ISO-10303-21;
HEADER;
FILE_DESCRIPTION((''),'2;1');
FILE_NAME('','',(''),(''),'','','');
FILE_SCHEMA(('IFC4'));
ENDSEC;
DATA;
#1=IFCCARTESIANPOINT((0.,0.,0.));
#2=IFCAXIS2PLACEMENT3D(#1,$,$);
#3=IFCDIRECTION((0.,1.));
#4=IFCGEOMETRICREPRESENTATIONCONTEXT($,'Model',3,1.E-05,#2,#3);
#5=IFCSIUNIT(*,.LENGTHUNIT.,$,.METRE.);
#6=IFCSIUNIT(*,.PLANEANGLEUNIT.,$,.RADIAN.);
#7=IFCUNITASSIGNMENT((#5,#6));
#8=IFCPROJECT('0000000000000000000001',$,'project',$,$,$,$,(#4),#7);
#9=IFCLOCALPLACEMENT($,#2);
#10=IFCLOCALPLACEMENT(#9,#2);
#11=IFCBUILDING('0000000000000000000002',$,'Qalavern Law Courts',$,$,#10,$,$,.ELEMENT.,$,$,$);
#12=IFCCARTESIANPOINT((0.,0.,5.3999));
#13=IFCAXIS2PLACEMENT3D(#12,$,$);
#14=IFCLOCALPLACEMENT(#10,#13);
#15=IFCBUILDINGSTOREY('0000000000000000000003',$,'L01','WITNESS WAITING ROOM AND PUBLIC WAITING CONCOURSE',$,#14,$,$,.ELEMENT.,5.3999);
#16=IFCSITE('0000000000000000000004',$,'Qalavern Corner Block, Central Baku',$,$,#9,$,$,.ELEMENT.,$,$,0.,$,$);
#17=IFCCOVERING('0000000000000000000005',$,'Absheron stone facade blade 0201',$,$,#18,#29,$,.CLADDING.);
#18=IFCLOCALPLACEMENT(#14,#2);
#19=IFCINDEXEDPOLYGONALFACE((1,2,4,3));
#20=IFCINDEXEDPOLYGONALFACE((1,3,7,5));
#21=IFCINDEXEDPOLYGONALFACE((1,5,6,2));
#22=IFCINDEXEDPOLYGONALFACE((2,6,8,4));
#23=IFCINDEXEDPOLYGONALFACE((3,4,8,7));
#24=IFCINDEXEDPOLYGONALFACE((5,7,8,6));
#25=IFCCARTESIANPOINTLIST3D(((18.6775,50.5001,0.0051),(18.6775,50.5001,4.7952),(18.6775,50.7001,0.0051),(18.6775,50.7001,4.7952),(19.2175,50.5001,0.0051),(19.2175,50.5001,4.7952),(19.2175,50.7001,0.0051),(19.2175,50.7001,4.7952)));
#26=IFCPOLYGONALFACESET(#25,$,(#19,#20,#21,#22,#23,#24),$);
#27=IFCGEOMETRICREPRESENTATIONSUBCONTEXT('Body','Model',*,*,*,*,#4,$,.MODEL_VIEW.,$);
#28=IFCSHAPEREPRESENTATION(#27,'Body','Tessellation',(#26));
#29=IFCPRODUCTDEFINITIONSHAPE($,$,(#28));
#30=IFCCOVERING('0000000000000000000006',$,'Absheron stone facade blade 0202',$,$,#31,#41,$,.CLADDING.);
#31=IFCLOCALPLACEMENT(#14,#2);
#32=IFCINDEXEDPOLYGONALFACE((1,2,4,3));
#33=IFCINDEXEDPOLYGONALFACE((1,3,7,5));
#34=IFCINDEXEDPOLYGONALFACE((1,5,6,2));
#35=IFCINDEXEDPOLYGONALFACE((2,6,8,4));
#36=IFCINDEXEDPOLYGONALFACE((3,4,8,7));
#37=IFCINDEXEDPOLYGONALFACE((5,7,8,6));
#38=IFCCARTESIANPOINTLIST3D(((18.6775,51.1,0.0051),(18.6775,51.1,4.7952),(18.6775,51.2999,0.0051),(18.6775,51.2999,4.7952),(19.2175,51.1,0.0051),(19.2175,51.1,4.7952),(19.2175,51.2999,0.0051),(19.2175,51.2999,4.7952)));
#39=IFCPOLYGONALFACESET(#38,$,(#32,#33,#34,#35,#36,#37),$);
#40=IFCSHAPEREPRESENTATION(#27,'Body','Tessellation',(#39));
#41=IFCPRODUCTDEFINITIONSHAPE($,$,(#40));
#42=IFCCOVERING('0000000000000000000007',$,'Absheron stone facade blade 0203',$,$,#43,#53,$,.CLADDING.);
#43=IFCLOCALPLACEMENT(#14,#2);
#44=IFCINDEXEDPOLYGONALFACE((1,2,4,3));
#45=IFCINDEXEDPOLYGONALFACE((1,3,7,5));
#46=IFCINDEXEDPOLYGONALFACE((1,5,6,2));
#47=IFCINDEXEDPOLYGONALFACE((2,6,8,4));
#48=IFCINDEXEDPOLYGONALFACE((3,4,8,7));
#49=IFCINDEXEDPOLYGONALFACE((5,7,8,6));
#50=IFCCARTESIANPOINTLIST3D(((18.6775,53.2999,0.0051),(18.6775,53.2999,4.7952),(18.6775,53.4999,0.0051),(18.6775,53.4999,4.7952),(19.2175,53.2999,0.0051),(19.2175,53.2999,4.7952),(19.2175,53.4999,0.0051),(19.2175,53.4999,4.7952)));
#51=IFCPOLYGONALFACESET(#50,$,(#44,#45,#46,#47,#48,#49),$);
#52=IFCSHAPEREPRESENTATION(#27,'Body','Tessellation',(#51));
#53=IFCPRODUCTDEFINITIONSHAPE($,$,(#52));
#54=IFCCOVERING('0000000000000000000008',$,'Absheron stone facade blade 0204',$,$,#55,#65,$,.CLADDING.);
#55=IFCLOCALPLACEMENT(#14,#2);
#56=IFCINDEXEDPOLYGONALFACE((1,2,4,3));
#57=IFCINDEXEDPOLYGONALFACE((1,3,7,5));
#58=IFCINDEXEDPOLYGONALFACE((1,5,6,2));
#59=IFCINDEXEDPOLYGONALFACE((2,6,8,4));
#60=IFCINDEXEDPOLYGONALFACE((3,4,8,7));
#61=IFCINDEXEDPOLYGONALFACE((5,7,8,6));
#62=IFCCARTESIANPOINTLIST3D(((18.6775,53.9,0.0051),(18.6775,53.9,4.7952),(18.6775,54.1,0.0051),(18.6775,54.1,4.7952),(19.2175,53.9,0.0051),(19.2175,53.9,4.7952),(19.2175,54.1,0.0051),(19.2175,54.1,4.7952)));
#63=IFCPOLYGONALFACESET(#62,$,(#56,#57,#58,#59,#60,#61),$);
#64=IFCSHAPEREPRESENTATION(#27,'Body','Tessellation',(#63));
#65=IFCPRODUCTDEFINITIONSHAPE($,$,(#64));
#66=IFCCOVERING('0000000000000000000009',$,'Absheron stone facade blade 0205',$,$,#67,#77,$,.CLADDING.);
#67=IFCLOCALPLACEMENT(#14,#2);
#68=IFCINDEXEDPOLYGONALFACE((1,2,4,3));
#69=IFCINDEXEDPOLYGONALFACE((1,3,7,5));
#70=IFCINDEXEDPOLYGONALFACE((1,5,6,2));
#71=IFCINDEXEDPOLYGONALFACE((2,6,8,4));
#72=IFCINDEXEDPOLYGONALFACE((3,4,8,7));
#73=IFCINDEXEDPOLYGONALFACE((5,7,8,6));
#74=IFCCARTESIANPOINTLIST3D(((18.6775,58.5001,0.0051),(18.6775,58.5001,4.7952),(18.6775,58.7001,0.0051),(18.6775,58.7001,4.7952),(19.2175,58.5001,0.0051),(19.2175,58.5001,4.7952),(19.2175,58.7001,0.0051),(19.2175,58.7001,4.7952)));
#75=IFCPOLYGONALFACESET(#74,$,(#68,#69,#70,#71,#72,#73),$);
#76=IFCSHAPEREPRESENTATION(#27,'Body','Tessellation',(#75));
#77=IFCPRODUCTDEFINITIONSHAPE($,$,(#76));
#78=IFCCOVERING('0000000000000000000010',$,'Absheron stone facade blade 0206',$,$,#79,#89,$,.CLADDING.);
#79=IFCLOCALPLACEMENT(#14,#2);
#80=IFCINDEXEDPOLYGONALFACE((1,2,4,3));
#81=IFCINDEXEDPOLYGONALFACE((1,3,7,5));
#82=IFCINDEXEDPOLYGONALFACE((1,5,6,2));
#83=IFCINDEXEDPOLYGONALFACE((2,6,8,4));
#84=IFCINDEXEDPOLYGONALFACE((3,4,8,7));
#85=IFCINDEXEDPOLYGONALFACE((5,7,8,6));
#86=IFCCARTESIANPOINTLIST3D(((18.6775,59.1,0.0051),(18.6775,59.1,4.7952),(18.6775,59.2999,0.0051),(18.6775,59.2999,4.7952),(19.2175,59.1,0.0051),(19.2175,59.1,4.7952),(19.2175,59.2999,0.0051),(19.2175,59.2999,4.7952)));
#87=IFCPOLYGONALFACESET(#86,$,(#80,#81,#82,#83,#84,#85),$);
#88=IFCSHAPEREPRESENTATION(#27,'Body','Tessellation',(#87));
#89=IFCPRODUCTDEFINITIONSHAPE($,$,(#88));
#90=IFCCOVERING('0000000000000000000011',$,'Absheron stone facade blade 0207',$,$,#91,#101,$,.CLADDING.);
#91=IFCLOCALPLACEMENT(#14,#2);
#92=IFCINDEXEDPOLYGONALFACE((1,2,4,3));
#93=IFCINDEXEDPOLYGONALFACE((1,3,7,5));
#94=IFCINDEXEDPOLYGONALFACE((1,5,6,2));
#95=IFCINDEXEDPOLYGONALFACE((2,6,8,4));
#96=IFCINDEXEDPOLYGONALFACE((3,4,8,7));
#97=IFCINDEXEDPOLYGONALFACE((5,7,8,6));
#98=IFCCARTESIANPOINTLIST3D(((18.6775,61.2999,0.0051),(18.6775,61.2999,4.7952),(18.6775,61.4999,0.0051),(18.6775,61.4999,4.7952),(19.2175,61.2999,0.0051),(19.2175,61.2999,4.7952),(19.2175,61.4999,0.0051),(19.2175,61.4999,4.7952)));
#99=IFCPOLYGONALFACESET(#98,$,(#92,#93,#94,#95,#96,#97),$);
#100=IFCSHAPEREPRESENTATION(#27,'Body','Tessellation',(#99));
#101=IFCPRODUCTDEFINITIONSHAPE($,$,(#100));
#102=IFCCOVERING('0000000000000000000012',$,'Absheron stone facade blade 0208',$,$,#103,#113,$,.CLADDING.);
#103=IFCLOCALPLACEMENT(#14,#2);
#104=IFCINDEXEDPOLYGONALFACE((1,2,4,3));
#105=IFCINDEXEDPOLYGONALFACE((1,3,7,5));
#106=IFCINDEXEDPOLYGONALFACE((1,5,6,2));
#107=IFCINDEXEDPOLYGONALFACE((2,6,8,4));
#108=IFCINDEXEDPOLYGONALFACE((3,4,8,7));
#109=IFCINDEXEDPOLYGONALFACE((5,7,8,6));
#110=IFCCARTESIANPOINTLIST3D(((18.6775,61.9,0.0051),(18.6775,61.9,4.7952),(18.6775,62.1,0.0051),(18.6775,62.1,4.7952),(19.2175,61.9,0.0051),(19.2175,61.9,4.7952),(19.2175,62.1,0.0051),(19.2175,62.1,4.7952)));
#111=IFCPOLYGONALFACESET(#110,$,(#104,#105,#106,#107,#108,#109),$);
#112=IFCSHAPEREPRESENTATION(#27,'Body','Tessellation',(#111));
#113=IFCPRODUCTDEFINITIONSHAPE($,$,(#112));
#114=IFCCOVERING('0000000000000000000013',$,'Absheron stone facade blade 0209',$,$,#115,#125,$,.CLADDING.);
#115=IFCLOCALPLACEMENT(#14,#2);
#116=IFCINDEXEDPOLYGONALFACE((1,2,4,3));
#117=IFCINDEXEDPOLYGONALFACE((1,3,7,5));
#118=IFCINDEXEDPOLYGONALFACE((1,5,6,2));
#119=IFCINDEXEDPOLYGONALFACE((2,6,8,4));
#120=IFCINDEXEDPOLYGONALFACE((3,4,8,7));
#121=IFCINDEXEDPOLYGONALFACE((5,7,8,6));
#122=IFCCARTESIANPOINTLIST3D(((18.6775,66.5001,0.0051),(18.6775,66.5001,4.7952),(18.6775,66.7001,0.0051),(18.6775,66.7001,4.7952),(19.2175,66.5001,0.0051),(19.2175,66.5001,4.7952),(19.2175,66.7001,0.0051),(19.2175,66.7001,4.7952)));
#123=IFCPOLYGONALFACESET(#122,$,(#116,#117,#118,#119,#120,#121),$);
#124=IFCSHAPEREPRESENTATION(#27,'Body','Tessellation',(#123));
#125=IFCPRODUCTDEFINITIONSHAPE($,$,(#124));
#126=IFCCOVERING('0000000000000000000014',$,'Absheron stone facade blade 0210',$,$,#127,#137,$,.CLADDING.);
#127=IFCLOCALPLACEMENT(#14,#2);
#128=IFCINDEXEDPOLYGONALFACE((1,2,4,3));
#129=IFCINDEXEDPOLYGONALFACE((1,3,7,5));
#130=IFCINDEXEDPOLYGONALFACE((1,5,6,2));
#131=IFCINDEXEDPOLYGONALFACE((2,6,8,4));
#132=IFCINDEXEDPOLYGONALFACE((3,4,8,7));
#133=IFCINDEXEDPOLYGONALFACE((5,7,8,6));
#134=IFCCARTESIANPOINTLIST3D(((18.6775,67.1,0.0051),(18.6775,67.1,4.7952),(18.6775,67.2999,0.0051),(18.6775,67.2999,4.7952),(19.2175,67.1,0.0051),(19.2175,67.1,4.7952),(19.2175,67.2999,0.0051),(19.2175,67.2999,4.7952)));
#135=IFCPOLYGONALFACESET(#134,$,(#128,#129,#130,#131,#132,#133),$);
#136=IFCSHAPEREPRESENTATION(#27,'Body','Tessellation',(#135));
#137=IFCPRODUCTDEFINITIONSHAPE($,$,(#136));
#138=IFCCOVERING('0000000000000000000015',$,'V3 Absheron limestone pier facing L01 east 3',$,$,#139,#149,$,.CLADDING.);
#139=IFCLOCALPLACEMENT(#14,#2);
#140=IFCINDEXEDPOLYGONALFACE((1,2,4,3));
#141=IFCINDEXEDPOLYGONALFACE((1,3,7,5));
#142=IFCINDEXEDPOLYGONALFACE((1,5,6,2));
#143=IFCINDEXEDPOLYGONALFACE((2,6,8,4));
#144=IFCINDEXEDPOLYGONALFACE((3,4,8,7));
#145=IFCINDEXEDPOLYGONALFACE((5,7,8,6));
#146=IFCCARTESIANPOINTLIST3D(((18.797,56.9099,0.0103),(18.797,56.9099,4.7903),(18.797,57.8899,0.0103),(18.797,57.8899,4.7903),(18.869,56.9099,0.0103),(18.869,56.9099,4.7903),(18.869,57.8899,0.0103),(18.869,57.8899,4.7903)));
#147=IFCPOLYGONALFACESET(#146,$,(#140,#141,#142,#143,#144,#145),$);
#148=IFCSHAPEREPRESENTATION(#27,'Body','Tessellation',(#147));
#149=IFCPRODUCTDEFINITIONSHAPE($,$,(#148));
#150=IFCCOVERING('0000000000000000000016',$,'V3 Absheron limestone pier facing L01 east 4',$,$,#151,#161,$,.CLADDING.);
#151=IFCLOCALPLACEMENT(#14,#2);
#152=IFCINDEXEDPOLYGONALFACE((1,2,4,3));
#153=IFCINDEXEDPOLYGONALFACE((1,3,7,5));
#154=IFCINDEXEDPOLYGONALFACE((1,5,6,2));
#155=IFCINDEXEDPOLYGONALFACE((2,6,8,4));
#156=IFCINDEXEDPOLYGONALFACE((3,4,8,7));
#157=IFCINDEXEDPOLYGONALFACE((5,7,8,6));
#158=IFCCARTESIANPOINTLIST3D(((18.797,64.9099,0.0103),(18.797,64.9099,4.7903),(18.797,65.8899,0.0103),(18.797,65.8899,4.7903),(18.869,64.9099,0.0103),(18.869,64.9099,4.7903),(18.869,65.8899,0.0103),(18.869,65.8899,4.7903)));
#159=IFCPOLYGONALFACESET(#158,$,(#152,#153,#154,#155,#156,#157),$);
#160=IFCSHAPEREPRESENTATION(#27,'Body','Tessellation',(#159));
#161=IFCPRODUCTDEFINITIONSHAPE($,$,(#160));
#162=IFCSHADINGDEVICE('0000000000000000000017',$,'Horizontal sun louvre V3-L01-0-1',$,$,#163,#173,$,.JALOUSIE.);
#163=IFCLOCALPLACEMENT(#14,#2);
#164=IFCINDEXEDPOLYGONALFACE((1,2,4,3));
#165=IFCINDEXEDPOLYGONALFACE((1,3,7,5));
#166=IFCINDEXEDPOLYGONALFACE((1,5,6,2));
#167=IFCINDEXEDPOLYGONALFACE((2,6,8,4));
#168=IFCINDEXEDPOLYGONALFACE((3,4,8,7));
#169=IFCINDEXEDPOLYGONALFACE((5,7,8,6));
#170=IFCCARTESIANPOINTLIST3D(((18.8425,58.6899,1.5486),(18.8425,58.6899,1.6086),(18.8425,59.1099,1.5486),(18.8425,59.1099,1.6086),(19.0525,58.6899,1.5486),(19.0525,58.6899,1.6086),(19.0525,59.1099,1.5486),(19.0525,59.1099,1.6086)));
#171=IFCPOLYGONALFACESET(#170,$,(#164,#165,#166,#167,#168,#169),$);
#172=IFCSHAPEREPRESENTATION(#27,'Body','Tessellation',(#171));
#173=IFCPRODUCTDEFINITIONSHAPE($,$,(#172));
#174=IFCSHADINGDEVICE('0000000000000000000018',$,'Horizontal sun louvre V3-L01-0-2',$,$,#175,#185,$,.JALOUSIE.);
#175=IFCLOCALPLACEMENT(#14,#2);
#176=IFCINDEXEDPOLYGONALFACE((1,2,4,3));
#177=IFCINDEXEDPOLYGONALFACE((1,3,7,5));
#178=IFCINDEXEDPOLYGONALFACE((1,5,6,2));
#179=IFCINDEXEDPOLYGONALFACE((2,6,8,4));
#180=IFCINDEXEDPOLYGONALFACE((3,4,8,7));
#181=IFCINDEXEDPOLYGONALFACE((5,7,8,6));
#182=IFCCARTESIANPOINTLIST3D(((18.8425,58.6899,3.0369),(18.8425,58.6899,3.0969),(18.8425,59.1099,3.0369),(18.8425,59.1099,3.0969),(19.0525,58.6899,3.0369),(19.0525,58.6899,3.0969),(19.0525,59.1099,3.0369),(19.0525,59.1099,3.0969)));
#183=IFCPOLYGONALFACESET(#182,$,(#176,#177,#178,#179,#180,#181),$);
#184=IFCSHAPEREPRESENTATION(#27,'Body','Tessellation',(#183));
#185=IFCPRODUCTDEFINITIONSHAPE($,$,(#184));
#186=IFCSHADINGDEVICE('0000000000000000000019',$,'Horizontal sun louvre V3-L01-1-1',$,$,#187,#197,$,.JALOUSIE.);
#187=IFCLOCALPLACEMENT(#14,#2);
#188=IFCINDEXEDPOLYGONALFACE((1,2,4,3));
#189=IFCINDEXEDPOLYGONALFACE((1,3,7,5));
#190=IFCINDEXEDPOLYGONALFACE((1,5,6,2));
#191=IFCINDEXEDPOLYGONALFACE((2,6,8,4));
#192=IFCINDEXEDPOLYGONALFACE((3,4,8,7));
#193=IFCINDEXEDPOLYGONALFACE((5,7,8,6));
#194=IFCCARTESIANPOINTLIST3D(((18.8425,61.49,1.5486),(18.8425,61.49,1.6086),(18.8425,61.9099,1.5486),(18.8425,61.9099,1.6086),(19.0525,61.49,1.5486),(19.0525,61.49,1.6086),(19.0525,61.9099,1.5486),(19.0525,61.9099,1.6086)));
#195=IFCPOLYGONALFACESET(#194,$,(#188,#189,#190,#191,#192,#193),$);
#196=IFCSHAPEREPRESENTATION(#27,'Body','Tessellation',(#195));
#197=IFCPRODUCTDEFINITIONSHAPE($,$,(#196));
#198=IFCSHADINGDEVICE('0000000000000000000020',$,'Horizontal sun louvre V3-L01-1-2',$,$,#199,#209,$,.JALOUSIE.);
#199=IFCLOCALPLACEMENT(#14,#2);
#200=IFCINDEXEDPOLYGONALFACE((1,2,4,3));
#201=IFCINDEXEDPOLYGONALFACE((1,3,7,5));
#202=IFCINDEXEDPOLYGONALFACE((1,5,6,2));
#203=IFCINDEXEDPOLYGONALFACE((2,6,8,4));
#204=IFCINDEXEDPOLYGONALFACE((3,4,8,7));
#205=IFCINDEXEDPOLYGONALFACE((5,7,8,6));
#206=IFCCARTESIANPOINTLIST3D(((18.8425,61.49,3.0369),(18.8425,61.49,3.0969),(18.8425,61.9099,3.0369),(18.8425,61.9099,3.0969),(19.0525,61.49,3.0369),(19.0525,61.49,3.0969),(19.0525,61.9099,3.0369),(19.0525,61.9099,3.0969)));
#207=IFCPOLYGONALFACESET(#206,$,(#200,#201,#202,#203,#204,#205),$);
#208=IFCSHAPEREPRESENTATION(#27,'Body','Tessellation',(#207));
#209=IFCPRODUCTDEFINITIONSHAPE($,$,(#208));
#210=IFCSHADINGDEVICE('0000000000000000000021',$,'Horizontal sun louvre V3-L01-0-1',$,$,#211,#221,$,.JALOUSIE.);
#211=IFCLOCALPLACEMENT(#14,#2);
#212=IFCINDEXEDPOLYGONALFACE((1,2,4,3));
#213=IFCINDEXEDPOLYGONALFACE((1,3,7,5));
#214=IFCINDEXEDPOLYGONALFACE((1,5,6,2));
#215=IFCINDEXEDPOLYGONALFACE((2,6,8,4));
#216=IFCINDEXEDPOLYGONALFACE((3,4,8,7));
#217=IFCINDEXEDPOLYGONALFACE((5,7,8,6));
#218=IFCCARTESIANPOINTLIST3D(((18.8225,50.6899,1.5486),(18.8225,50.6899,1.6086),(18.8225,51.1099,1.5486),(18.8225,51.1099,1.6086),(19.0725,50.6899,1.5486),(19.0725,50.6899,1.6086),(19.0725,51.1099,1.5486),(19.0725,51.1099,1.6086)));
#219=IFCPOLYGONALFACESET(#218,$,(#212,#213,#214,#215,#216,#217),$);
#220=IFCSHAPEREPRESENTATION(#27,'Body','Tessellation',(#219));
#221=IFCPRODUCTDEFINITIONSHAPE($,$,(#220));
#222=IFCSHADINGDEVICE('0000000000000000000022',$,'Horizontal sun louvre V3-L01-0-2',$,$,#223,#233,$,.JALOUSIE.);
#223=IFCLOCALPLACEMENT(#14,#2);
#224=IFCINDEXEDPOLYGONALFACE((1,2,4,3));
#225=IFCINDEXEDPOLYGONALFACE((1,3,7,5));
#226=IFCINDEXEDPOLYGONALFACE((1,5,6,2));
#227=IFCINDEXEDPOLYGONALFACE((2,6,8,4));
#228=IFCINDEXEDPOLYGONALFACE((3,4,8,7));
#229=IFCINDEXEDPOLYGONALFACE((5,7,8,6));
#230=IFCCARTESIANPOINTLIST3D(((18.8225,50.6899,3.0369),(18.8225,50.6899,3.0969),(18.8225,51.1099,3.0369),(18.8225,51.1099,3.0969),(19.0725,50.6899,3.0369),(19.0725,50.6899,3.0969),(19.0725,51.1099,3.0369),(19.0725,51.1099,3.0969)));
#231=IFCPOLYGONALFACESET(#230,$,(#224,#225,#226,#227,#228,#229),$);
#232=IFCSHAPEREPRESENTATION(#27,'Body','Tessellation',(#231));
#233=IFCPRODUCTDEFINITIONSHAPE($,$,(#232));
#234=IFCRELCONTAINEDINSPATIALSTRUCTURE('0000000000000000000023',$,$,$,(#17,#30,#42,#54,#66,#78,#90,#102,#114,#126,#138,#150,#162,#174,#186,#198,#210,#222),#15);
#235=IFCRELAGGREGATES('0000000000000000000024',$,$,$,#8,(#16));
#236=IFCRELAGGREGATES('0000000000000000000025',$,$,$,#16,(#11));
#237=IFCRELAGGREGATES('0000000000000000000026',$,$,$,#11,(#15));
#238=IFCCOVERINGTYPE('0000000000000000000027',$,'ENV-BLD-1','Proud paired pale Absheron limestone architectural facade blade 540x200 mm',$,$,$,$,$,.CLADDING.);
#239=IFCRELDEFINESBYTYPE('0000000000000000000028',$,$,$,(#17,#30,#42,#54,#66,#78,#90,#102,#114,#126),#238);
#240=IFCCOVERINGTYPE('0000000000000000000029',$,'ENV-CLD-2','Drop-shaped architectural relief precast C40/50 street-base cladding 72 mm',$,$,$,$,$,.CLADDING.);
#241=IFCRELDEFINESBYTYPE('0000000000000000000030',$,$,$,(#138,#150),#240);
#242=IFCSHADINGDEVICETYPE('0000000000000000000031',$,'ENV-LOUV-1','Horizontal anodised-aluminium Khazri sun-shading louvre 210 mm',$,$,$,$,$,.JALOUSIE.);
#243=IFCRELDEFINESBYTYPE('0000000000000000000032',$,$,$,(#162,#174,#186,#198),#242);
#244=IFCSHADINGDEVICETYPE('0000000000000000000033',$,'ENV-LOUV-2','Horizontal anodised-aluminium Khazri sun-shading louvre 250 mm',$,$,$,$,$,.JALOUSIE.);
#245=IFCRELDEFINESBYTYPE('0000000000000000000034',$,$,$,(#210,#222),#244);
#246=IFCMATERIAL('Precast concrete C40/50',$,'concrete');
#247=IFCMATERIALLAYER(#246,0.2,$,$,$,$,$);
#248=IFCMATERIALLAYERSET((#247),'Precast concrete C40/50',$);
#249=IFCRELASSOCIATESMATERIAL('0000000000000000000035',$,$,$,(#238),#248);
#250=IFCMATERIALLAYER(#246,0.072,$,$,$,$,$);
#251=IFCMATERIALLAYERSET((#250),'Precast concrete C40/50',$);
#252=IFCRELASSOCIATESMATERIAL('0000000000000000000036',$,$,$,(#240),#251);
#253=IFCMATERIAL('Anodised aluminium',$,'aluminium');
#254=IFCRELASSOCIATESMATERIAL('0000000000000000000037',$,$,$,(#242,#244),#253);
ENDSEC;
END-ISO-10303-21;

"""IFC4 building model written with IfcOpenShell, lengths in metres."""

from ifc_helpers import new_model, si_unit, direction, frame, origin, origin_2d, place, context, subcontext, project, spatial, rectangle, extrude, material, layer, layer_set, type_object, element, save


model = new_model("IFC4")

# Units and contexts
model_context = context("Model", 3, precision=1e-05, world=origin(), true_north=direction((0.0, 1.0)))
body_context = subcontext(model_context, "Body", "Model", "MODEL_VIEW")
ifc_project = project(units=[si_unit("LENGTHUNIT", "METRE"), si_unit("PLANEANGLEUNIT", "RADIAN")], contexts=[model_context])

# Site, building, storey
site_placement = place(None, origin())
site = spatial("IfcSite", under=ifc_project, at=site_placement, Name="Qalavern Corner Block, Central Baku", CompositionType="ELEMENT", RefElevation=0.0)
building_placement = place(site_placement, origin())
building = spatial("IfcBuilding", under=site, at=building_placement, Name="Qalavern Law Courts", CompositionType="ELEMENT")
storey_placement = place(building_placement, frame((0.0, 0.0, 5.3999)))
storey = spatial("IfcBuildingStorey", under=building, at=storey_placement, Name="L01", Description="WITNESS WAITING ROOM AND PUBLIC WAITING CONCOURSE", CompositionType="ELEMENT", Elevation=5.3999)

# Coverings
ifc_material_1 = material(Name="Precast concrete C40/50", Category="concrete")
ifc_layer_1 = layer(ifc_material_1, 0.2)
ifc_layer_set_1 = layer_set([ifc_layer_1], Name="Precast concrete C40/50")
covering_type_1 = type_object("IfcCoveringType", Name="ENV-BLD-1", Description="Proud paired pale Absheron limestone architectural facade blade 540x200 mm", PredefinedType="CLADDING", material=ifc_layer_set_1)
for number, where, z_axis, x_axis, name in (
    (1, (18.9475, 50.6001, 0.0051), (0.0, 0.0, 1.0), (1.0, 0.0, 0.0), "Absheron stone facade blade 0201"),
    (2, (18.9475, 51.2, 0.0051), (0.0, 0.0, 1.0), (1.0, 0.0, 0.0), "Absheron stone facade blade 0202"),
    (3, (18.9475, 53.3999, 0.0051), (0.0, 0.0, 1.0), (1.0, 0.0, 0.0), "Absheron stone facade blade 0203"),
    (4, (18.9475, 54.0, 0.0051), (0.0, 0.0, 1.0), (1.0, 0.0, 0.0), "Absheron stone facade blade 0204"),
    (5, (18.9475, 58.6001, 0.0051), (0.0, 0.0, 1.0), (1.0, 0.0, 0.0), "Absheron stone facade blade 0205"),
    (6, (18.9475, 59.2, 0.0051), (0.0, 0.0, 1.0), (1.0, 0.0, 0.0), "Absheron stone facade blade 0206"),
    (7, (18.9475, 61.3999, 0.0051), (0.0, 0.0, 1.0), (1.0, 0.0, 0.0), "Absheron stone facade blade 0207"),
    (8, (18.9475, 62.0, 0.0051), (0.0, 0.0, 1.0), (1.0, 0.0, 0.0), "Absheron stone facade blade 0208"),
    (9, (18.9475, 66.6001, 0.0051), (0.0, 0.0, 1.0), (1.0, 0.0, 0.0), "Absheron stone facade blade 0209"),
    (10, (18.9475, 67.2, 0.0051), (0.0, 0.0, 1.0), (1.0, 0.0, 0.0), "Absheron stone facade blade 0210"),
):
    element("IfcCovering", number, at=place(storey_placement, frame(where, z_axis=z_axis, x_axis=x_axis)), inside=storey, type_object=covering_type_1, Name=name, PredefinedType="CLADDING", context=body_context, shape_type="SweptSolid", body=[
        extrude(rectangle(XDim=0.54, YDim=0.2, at=origin_2d()), origin(), (0.0, 0.0, 1.0), 4.79),
    ])
ifc_layer_2 = layer(ifc_material_1, 0.072)
ifc_layer_set_2 = layer_set([ifc_layer_2], Name="Precast concrete C40/50")
covering_type_2 = type_object("IfcCoveringType", Name="ENV-CLD-2", Description="Drop-shaped architectural relief precast C40/50 street-base cladding 72 mm", PredefinedType="CLADDING", material=ifc_layer_set_2)
for number, where, z_axis, x_axis, name in (
    (11, (18.833, 57.3999, 0.0103), (0.0, 0.0, 1.0), (0.0, 1.0, 0.0), "V3 Absheron limestone pier facing L01 east 3"),
    (12, (18.833, 65.3999, 0.0103), (0.0, 0.0, 1.0), (0.0, 1.0, 0.0), "V3 Absheron limestone pier facing L01 east 4"),
):
    element("IfcCovering", number, at=place(storey_placement, frame(where, z_axis=z_axis, x_axis=x_axis)), inside=storey, type_object=covering_type_2, Name=name, PredefinedType="CLADDING", context=body_context, shape_type="SweptSolid", body=[
        extrude(rectangle(XDim=0.98, YDim=0.072, at=origin_2d()), origin(), (0.0, 0.0, 1.0), 4.78),
    ])

# Shading devices
ifc_material_2 = material(Name="Anodised aluminium", Category="aluminium")
shading_device_type_1 = type_object("IfcShadingDeviceType", Name="ENV-LOUV-1", Description="Horizontal anodised-aluminium Khazri sun-shading louvre 210 mm", PredefinedType="JALOUSIE", material=ifc_material_2)
for number, where, z_axis, x_axis, name in (
    (13, (18.9475, 58.8999, 1.5486), (0.0, 0.0, 1.0), (0.0, 1.0, 0.0), "Horizontal sun louvre V3-L01-0-1"),
    (14, (18.9475, 58.8999, 3.0369), (0.0, 0.0, 1.0), (0.0, 1.0, 0.0), "Horizontal sun louvre V3-L01-0-2"),
    (15, (18.9475, 61.7, 1.5486), (0.0, 0.0, 1.0), (0.0, 1.0, 0.0), "Horizontal sun louvre V3-L01-1-1"),
    (16, (18.9475, 61.7, 3.0369), (0.0, 0.0, 1.0), (0.0, 1.0, 0.0), "Horizontal sun louvre V3-L01-1-2"),
):
    element("IfcShadingDevice", number, at=place(storey_placement, frame(where, z_axis=z_axis, x_axis=x_axis)), inside=storey, type_object=shading_device_type_1, Name=name, PredefinedType="JALOUSIE", context=body_context, shape_type="SweptSolid", body=[
        extrude(rectangle(XDim=0.4199, YDim=0.21, at=origin_2d()), origin(), (0.0, 0.0, 1.0), 0.0601),
    ])
shading_device_type_2 = type_object("IfcShadingDeviceType", Name="ENV-LOUV-2", Description="Horizontal anodised-aluminium Khazri sun-shading louvre 250 mm", PredefinedType="JALOUSIE", material=ifc_material_2)
for number, where, z_axis, x_axis, name in (
    (17, (18.9475, 50.8999, 1.5486), (0.0, 0.0, 1.0), (0.0, 1.0, 0.0), "Horizontal sun louvre V3-L01-0-1"),
    (18, (18.9475, 50.8999, 3.0369), (0.0, 0.0, 1.0), (0.0, 1.0, 0.0), "Horizontal sun louvre V3-L01-0-2"),
):
    element("IfcShadingDevice", number, at=place(storey_placement, frame(where, z_axis=z_axis, x_axis=x_axis)), inside=storey, type_object=shading_device_type_2, Name=name, PredefinedType="JALOUSIE", context=body_context, shape_type="SweptSolid", body=[
        extrude(rectangle(XDim=0.4199, YDim=0.25, at=origin_2d()), origin(), (0.0, 0.0, 1.0), 0.0601),
    ])

save(model, "model.ifc")
